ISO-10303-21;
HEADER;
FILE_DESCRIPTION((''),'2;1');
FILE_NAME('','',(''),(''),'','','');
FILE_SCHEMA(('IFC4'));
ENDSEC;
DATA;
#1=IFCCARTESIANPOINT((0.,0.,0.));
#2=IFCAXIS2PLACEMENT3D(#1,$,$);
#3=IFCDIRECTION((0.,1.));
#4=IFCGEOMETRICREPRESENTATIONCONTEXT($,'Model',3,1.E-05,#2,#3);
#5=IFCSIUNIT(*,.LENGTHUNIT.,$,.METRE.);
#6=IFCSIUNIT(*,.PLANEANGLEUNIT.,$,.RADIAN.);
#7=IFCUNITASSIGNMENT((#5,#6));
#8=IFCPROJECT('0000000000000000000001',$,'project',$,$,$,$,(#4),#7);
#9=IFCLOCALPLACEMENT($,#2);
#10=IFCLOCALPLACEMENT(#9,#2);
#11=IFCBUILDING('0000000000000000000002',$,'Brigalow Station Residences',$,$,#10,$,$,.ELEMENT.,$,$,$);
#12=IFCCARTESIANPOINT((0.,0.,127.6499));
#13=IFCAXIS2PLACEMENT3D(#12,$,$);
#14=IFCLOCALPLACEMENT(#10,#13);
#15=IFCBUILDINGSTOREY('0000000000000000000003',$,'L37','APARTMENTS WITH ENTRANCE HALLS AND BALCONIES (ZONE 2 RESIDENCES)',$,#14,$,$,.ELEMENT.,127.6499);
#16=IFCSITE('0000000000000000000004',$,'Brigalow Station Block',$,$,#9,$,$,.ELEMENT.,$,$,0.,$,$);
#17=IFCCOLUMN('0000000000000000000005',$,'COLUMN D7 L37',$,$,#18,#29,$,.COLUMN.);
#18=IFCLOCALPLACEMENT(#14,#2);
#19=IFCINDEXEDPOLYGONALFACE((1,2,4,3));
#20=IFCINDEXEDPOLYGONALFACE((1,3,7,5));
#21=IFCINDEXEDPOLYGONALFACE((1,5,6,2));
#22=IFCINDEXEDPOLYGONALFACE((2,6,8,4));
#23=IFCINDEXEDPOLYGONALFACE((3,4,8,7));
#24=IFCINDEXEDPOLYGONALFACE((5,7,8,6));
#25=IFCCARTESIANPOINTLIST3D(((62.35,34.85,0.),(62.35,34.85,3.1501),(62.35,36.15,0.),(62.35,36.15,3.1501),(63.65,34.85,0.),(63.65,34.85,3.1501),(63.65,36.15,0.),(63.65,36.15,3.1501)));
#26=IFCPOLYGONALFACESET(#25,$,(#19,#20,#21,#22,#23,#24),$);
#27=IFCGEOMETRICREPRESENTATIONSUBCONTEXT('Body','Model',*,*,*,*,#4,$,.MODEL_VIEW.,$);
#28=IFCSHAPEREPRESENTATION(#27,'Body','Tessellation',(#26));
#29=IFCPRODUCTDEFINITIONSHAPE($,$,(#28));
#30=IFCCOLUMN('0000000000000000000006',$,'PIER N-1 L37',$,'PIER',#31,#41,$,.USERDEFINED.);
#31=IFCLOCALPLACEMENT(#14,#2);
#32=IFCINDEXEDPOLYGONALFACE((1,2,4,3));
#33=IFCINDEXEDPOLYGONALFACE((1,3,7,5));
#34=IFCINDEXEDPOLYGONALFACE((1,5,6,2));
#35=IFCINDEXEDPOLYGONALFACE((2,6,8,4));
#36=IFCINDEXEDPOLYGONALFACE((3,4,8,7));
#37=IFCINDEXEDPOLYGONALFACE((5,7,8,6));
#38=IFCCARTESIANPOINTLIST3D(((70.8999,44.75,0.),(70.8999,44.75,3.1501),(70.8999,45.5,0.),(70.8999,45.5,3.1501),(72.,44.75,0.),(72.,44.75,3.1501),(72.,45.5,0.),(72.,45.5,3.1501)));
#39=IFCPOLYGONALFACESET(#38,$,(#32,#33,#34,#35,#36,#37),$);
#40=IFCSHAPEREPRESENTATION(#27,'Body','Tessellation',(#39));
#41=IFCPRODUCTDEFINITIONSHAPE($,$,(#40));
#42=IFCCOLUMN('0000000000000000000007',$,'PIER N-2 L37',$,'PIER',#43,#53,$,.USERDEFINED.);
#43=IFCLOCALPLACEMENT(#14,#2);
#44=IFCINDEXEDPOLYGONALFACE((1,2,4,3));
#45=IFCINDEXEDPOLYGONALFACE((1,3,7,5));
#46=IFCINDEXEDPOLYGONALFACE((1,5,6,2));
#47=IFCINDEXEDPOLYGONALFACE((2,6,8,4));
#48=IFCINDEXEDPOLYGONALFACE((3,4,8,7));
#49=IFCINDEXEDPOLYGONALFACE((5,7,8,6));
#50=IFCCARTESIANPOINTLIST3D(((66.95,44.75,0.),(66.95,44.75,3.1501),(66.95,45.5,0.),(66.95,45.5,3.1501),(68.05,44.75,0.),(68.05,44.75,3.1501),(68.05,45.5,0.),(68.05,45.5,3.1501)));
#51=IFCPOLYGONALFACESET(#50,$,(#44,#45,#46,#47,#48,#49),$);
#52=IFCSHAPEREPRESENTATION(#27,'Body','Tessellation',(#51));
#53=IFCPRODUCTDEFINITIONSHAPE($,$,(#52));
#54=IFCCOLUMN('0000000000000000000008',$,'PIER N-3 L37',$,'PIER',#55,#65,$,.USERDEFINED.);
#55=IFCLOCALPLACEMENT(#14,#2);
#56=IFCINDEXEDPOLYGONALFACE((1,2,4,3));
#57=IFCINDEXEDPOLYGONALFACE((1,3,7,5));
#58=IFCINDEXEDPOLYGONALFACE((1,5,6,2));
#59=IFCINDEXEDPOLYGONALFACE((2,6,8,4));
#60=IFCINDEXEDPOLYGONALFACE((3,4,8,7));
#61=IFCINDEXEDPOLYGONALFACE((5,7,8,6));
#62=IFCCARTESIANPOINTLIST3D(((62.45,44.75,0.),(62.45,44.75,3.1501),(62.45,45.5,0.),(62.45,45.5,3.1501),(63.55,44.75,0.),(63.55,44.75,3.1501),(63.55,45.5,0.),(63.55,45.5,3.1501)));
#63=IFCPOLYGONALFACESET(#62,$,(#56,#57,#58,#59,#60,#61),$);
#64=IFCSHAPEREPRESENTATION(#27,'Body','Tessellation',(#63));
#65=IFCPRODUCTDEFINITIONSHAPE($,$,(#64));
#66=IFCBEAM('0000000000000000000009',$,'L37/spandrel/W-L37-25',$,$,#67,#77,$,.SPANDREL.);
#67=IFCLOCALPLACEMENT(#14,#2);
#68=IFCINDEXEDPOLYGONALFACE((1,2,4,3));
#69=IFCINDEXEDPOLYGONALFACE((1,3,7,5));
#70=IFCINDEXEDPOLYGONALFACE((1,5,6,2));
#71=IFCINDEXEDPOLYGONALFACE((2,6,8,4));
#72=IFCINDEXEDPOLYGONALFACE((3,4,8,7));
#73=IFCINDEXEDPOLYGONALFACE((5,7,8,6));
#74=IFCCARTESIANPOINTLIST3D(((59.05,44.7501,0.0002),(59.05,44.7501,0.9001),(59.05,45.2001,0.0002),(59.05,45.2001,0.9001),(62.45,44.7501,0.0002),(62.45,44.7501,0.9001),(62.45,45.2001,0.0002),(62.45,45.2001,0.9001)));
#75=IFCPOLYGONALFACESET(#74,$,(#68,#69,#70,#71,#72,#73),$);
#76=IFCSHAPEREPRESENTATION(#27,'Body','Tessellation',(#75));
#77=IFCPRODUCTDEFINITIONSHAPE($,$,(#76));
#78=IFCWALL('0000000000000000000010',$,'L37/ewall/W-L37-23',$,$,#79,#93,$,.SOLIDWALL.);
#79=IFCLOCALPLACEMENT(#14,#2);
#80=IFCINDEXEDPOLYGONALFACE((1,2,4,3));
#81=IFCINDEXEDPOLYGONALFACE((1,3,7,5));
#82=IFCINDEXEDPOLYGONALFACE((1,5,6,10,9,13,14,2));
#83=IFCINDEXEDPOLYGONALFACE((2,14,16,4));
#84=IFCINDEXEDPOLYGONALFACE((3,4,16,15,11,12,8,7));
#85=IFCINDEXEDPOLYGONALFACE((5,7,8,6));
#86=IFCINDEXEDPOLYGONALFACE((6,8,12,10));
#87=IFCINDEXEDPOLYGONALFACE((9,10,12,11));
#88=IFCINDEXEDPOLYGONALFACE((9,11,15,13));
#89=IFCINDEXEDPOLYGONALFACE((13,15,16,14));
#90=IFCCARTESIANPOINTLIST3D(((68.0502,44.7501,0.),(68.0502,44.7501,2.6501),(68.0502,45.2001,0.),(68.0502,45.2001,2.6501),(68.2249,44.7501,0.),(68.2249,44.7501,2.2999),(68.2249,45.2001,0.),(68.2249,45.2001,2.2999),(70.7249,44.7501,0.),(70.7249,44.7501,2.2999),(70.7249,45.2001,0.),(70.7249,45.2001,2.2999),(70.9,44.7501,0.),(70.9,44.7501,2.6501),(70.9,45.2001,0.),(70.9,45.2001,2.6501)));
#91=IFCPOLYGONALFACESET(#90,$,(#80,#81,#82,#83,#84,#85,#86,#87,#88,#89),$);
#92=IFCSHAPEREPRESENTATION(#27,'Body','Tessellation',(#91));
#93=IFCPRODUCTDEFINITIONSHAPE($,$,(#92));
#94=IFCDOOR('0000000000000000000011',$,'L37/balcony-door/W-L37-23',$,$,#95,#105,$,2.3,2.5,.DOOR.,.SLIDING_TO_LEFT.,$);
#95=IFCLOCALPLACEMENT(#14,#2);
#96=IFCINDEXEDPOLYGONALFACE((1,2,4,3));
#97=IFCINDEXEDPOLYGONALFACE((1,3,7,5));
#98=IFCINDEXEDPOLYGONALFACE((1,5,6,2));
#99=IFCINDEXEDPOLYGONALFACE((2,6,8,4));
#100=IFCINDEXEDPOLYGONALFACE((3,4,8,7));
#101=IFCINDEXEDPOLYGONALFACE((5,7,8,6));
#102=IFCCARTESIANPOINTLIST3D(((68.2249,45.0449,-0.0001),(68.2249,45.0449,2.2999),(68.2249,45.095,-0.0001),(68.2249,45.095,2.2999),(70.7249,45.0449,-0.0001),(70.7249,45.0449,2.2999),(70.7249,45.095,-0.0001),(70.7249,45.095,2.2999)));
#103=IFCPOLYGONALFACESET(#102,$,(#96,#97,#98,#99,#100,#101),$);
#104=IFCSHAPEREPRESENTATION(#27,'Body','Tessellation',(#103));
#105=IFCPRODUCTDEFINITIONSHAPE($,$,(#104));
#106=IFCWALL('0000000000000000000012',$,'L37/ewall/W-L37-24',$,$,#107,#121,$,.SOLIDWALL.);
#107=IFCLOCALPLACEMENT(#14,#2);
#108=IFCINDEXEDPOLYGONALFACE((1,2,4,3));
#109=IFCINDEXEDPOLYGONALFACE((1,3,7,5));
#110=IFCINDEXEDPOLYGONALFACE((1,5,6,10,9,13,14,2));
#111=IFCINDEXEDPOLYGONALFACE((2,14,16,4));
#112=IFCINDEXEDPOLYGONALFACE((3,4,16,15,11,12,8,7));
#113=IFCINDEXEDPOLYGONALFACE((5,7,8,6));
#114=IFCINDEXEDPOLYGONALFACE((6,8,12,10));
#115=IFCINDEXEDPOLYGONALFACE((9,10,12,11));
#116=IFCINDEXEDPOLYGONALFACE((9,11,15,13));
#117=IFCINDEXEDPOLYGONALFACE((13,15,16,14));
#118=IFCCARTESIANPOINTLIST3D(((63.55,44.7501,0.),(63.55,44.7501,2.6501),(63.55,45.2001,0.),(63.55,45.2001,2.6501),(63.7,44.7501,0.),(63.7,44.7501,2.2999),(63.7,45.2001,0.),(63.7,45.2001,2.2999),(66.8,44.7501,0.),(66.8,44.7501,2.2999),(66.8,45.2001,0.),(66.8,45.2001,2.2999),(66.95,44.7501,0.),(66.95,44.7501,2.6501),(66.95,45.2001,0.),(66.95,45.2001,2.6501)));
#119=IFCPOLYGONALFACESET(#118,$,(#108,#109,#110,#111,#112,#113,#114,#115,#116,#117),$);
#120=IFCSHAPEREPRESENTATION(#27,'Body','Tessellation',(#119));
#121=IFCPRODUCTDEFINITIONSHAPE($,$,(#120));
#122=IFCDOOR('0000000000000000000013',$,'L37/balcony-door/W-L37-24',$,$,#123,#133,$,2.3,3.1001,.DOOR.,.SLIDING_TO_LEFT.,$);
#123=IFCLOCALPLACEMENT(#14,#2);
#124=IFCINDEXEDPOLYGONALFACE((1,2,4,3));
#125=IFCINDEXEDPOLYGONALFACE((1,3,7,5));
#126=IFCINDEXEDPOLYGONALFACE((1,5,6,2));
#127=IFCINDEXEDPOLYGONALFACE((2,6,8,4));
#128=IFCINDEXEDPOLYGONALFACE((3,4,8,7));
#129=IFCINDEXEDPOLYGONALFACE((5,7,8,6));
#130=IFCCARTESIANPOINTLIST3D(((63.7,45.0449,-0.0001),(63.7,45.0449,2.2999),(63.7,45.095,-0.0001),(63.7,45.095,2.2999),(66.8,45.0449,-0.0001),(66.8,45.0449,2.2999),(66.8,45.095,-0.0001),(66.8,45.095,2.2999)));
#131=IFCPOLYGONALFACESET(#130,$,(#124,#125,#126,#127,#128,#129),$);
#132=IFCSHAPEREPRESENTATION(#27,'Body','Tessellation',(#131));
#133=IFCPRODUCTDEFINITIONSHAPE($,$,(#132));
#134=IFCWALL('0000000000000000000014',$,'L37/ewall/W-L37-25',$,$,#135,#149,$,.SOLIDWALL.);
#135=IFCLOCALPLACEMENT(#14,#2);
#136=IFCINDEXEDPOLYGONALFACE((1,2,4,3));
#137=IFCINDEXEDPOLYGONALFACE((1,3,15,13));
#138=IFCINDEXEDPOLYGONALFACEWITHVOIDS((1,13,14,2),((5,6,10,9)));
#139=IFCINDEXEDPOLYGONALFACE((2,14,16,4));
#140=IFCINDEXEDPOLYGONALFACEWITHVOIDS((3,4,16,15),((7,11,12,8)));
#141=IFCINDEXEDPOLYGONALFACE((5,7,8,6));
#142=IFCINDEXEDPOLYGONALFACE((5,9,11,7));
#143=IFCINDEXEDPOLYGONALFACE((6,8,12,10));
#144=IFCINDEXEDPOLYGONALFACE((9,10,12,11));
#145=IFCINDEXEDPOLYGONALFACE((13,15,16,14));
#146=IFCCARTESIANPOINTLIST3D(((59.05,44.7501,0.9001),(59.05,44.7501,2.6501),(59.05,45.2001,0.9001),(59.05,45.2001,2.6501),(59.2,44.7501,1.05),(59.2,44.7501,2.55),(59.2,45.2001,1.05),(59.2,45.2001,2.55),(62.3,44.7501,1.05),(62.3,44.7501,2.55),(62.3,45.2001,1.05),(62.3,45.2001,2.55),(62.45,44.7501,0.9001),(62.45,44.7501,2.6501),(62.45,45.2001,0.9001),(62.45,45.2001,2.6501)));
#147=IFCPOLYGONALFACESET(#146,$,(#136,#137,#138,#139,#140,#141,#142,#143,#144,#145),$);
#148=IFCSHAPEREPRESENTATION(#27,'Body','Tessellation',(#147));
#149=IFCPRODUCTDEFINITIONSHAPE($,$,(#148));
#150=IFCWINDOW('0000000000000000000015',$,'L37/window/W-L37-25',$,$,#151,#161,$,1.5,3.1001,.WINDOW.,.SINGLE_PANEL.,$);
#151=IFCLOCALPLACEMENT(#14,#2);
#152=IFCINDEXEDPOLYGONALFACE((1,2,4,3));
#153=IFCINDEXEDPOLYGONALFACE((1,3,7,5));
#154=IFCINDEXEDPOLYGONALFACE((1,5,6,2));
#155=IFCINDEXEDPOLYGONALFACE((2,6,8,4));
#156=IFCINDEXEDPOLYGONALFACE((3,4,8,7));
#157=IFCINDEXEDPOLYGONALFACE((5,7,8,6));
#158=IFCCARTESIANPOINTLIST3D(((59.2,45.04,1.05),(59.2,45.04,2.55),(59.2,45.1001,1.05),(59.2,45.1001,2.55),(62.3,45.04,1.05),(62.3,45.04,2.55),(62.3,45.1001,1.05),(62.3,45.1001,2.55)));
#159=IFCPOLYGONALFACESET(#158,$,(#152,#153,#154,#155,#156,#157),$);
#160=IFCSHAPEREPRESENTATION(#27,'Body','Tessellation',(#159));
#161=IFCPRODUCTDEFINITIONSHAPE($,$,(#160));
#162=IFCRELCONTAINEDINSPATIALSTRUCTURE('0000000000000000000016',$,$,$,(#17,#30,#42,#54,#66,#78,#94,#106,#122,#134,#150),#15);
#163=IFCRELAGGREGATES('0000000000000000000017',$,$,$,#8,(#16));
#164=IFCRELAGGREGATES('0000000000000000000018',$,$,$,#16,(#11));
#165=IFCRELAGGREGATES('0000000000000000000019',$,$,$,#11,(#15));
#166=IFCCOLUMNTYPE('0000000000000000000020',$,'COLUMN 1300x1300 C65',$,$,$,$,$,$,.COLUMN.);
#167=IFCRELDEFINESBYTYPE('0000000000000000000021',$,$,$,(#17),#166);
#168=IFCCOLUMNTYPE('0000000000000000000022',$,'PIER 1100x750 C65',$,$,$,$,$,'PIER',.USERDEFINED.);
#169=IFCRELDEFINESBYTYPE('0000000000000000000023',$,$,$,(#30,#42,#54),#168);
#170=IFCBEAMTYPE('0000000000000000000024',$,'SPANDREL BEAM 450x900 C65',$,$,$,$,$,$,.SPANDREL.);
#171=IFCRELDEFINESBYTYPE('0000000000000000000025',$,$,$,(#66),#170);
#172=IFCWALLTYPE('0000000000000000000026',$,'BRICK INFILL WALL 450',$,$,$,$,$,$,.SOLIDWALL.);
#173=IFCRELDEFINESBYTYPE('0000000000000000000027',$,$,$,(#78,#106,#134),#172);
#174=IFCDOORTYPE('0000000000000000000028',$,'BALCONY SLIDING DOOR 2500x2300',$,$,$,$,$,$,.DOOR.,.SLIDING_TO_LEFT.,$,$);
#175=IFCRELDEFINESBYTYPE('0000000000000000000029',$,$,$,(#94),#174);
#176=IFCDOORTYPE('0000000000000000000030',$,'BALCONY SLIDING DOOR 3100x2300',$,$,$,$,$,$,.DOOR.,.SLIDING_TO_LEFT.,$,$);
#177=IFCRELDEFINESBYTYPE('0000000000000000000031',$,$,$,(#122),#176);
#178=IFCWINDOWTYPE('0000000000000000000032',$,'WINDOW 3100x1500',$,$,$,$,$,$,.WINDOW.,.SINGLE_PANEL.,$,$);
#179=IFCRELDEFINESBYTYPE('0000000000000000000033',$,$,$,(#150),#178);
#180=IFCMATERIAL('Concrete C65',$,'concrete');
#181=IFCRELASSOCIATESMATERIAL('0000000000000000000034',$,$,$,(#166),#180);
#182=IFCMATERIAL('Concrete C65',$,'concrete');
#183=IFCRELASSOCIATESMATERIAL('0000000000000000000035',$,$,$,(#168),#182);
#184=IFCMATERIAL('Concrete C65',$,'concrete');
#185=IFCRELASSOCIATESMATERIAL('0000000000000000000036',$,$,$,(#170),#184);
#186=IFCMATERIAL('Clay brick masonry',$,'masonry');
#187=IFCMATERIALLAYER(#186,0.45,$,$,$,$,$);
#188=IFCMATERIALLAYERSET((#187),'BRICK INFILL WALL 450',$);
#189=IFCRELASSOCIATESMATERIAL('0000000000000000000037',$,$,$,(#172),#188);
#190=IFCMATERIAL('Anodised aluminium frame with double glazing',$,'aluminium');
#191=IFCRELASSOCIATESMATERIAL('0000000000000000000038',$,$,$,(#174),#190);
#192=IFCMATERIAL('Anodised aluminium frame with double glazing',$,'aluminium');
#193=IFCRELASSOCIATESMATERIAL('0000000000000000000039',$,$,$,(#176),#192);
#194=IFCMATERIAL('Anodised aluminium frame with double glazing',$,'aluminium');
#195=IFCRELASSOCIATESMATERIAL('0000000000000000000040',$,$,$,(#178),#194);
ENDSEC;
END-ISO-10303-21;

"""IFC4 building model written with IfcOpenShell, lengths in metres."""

from ifc_helpers import new_model, si_unit, direction, frame, frame_2d, origin, origin_2d, place, context, subcontext, project, spatial, rectangle, extrude, material, layer, layer_set, material_profile, profile_set, type_object, element, fill, save


model = new_model("IFC4")

# Units and contexts
model_context = context("Model", 3, precision=1e-05, world=origin(), true_north=direction((0.0, 1.0)))
body_context = subcontext(model_context, "Body", "Model", "MODEL_VIEW")
ifc_project = project(units=[si_unit("LENGTHUNIT", "METRE"), si_unit("PLANEANGLEUNIT", "RADIAN")], contexts=[model_context])

# Site, building, storey
site_placement = place(None, origin())
site = spatial("IfcSite", under=ifc_project, at=site_placement, Name="Brigalow Station Block", CompositionType="ELEMENT", RefElevation=0.0)
building_placement = place(site_placement, origin())
building = spatial("IfcBuilding", under=site, at=building_placement, Name="Brigalow Station Residences", CompositionType="ELEMENT")
storey_placement = place(building_placement, frame((0.0, 0.0, 127.6499)))
storey = spatial("IfcBuildingStorey", under=building, at=storey_placement, Name="L37", Description="APARTMENTS WITH ENTRANCE HALLS AND BALCONIES (ZONE 2 RESIDENCES)", CompositionType="ELEMENT", Elevation=127.6499)

# Columns
ifc_material_1 = material(Name="Concrete C65", Category="concrete")
ifc_material_profile_1 = material_profile(ifc_material_1, rectangle(XDim=1.3, YDim=1.3, at=origin_2d()), Name="RC1300x1300")
ifc_profile_set_1 = profile_set([ifc_material_profile_1], Name="Concrete C65")
column_type_1 = type_object("IfcColumnType", Name="COLUMN 1300x1300 C65", PredefinedType="COLUMN", material=ifc_profile_set_1)
column_placement = place(storey_placement, frame((63.0, 35.5, 0.0), z_axis=(0.0, 0.0, 1.0), x_axis=(1.0, 0.0, 0.0)))
element("IfcColumn", 1, at=column_placement, inside=storey, type_object=column_type_1, Name="COLUMN D7 L37", PredefinedType="COLUMN", context=body_context, shape_type="SweptSolid", body=[
    extrude(rectangle(XDim=1.3, YDim=1.3, at=origin_2d()), origin(), (0.0, 0.0, 1.0), 3.1501),
])
ifc_material_2 = material(Name="Concrete C65", Category="concrete")
ifc_material_profile_2 = material_profile(ifc_material_2, rectangle(XDim=1.1001, YDim=0.75, at=origin_2d()), Name="RC1100x750")
ifc_profile_set_2 = profile_set([ifc_material_profile_2], Name="Concrete C65")
column_type_2 = type_object("IfcColumnType", Name="PIER 1100x750 C65", ElementType="PIER", PredefinedType="USERDEFINED", material=ifc_profile_set_2)
for number, where, z_axis, x_axis, name in (
    (2, (71.45, 45.125, 0.0), (0.0, 0.0, 1.0), (-1.0, 0.0, 0.0), "PIER N-1 L37"),
    (3, (67.5, 45.125, 0.0), (0.0, 0.0, 1.0), (-1.0, 0.0, 0.0), "PIER N-2 L37"),
    (4, (63.0, 45.125, 0.0), (0.0, 0.0, 1.0), (-1.0, 0.0, 0.0), "PIER N-3 L37"),
):
    element("IfcColumn", number, at=place(storey_placement, frame(where, z_axis=z_axis, x_axis=x_axis)), inside=storey, type_object=column_type_2, Name=name, ObjectType="PIER", PredefinedType="USERDEFINED", context=body_context, shape_type="SweptSolid", body=[
        extrude(rectangle(XDim=1.1001, YDim=0.75, at=origin_2d()), origin(), (0.0, 0.0, 1.0), 3.1501),
    ])

# Beam
ifc_material_3 = material(Name="Concrete C65", Category="concrete")
ifc_material_profile_3 = material_profile(ifc_material_3, rectangle(XDim=0.45, YDim=0.8999, at=origin_2d()), Name="RC450x900")
ifc_profile_set_3 = profile_set([ifc_material_profile_3], Name="Concrete C65")
beam_type = type_object("IfcBeamType", Name="SPANDREL BEAM 450x900 C65", PredefinedType="SPANDREL", material=ifc_profile_set_3)
beam_placement = place(storey_placement, frame((62.45, 44.9751, 0.4502), z_axis=(-1.0, 0.0, 0.0), x_axis=(0.0, -1.0, 0.0)))
element("IfcBeam", 5, at=beam_placement, inside=storey, type_object=beam_type, Name="L37/spandrel/W-L37-25", PredefinedType="SPANDREL", context=body_context, shape_type="SweptSolid", body=[
    extrude(rectangle(XDim=0.45, YDim=0.8999, at=origin_2d()), origin(), (0.0, 0.0, 1.0), 3.3999),
])

# Walls, openings, doors
ifc_material_4 = material(Name="Clay brick masonry", Category="masonry")
ifc_layer_1 = layer(ifc_material_4, 0.45)
ifc_layer_set_1 = layer_set([ifc_layer_1], Name="BRICK INFILL WALL 450")
wall_type_1 = type_object("IfcWallType", Name="BRICK INFILL WALL 450", PredefinedType="SOLIDWALL", material=ifc_layer_set_1)
wall_1_placement = place(storey_placement, frame((70.8999, 44.9751, 0.0), z_axis=(0.0, 0.0, 1.0), x_axis=(-1.0, 0.0, 0.0)))
wall_1 = element("IfcWall", 6, at=wall_1_placement, inside=storey, type_object=wall_type_1, Name="L37/ewall/W-L37-23", PredefinedType="SOLIDWALL", context=body_context, shape_type="SweptSolid", body=[
    extrude(rectangle(XDim=2.8499, YDim=0.45, at=frame_2d((1.4248, 0.0))), origin(), (0.0, 0.0, 1.0), 2.6501),
])
opening_1_placement = place(wall_1_placement, frame((0.175, 0.0, 0.0)))
opening_1 = element("IfcOpeningElement", 7, at=opening_1_placement, cuts=wall_1, PredefinedType="OPENING", context=body_context, shape_type="SweptSolid", body=[
    extrude(rectangle(XDim=2.5, YDim=2.3, at=frame_2d((1.25, 1.1499))), frame((0.0, 0.2349, 0.0), z_axis=(0.0, -1.0, 0.0), x_axis=(1.0, 0.0, 0.0)), (0.0, 0.0, 1.0), 0.47),
])
ifc_material_5 = material(Name="Anodised aluminium frame with double glazing", Category="aluminium")
door_type_1 = type_object("IfcDoorType", Name="BALCONY SLIDING DOOR 2500x2300", OperationType="SLIDING_TO_LEFT", PredefinedType="DOOR", material=ifc_material_5)
door_1_placement = place(opening_1_placement, origin())
door_1 = element("IfcDoor", 8, at=door_1_placement, inside=storey, type_object=door_type_1, Name="L37/balcony-door/W-L37-23", OperationType="SLIDING_TO_LEFT", OverallHeight=2.3, OverallWidth=2.5, PredefinedType="DOOR", context=body_context, shape_type="SweptSolid", body=[
    extrude(rectangle(XDim=2.5, YDim=2.3, at=frame_2d((1.25, 1.1499))), frame((0.0, -0.0698, 0.0), z_axis=(0.0, -1.0, 0.0), x_axis=(1.0, 0.0, 0.0)), (0.0, 0.0, 1.0), 0.05),
])
fill(opening_1, door_1)
wall_2_placement = place(storey_placement, frame((66.95, 44.9751, 0.0), z_axis=(0.0, 0.0, 1.0), x_axis=(-1.0, 0.0, 0.0)))
wall_2 = element("IfcWall", 9, at=wall_2_placement, inside=storey, type_object=wall_type_1, Name="L37/ewall/W-L37-24", PredefinedType="SOLIDWALL", context=body_context, shape_type="SweptSolid", body=[
    extrude(rectangle(XDim=3.3999, YDim=0.45, at=frame_2d((1.7, 0.0))), origin(), (0.0, 0.0, 1.0), 2.6501),
])
opening_2_placement = place(wall_2_placement, frame((0.1499, 0.0, 0.0)))
opening_2 = element("IfcOpeningElement", 10, at=opening_2_placement, cuts=wall_2, PredefinedType="OPENING", context=body_context, shape_type="SweptSolid", body=[
    extrude(rectangle(XDim=3.1001, YDim=2.3, at=frame_2d((1.55, 1.1499))), frame((0.0, 0.2349, 0.0), z_axis=(0.0, -1.0, 0.0), x_axis=(1.0, 0.0, 0.0)), (0.0, 0.0, 1.0), 0.47),
])
ifc_material_6 = material(Name="Anodised aluminium frame with double glazing", Category="aluminium")
door_type_2 = type_object("IfcDoorType", Name="BALCONY SLIDING DOOR 3100x2300", OperationType="SLIDING_TO_LEFT", PredefinedType="DOOR", material=ifc_material_6)
door_2_placement = place(opening_2_placement, origin())
door_2 = element("IfcDoor", 11, at=door_2_placement, inside=storey, type_object=door_type_2, Name="L37/balcony-door/W-L37-24", OperationType="SLIDING_TO_LEFT", OverallHeight=2.3, OverallWidth=3.1001, PredefinedType="DOOR", context=body_context, shape_type="SweptSolid", body=[
    extrude(rectangle(XDim=3.1001, YDim=2.3, at=frame_2d((1.55, 1.1499))), frame((0.0, -0.0698, 0.0), z_axis=(0.0, -1.0, 0.0), x_axis=(1.0, 0.0, 0.0)), (0.0, 0.0, 1.0), 0.05),
])
fill(opening_2, door_2)

# Wall, opening, window
wall_3_placement = place(storey_placement, frame((62.45, 44.9751, 0.9001), z_axis=(0.0, 0.0, 1.0), x_axis=(-1.0, 0.0, 0.0)))
wall_3 = element("IfcWall", 12, at=wall_3_placement, inside=storey, type_object=wall_type_1, Name="L37/ewall/W-L37-25", PredefinedType="SOLIDWALL", context=body_context, shape_type="SweptSolid", body=[
    extrude(rectangle(XDim=3.3999, YDim=0.45, at=frame_2d((1.7, 0.0))), origin(), (0.0, 0.0, 1.0), 1.75),
])
opening_3_placement = place(wall_3_placement, frame((0.1499, 0.0, 0.1499)))
opening_3 = element("IfcOpeningElement", 13, at=opening_3_placement, cuts=wall_3, PredefinedType="OPENING", context=body_context, shape_type="SweptSolid", body=[
    extrude(rectangle(XDim=3.1001, YDim=1.5, at=frame_2d((1.55, 0.75))), frame((0.0, 0.2349, 0.0), z_axis=(0.0, -1.0, 0.0), x_axis=(1.0, 0.0, 0.0)), (0.0, 0.0, 1.0), 0.47),
])
ifc_material_7 = material(Name="Anodised aluminium frame with double glazing", Category="aluminium")
window_type = type_object("IfcWindowType", Name="WINDOW 3100x1500", PartitioningType="SINGLE_PANEL", PredefinedType="WINDOW", material=ifc_material_7)
window_placement = place(opening_3_placement, origin())
window = element("IfcWindow", 14, at=window_placement, inside=storey, type_object=window_type, Name="L37/window/W-L37-25", OverallHeight=1.5, OverallWidth=3.1001, PartitioningType="SINGLE_PANEL", PredefinedType="WINDOW", context=body_context, shape_type="SweptSolid", body=[
    extrude(rectangle(XDim=3.1001, YDim=1.5, at=frame_2d((1.55, 0.75))), frame((0.0, -0.0649, 0.0), z_axis=(0.0, -1.0, 0.0), x_axis=(1.0, 0.0, 0.0)), (0.0, 0.0, 1.0), 0.0601),
])
fill(opening_3, window)

save(model, "model.ifc")
